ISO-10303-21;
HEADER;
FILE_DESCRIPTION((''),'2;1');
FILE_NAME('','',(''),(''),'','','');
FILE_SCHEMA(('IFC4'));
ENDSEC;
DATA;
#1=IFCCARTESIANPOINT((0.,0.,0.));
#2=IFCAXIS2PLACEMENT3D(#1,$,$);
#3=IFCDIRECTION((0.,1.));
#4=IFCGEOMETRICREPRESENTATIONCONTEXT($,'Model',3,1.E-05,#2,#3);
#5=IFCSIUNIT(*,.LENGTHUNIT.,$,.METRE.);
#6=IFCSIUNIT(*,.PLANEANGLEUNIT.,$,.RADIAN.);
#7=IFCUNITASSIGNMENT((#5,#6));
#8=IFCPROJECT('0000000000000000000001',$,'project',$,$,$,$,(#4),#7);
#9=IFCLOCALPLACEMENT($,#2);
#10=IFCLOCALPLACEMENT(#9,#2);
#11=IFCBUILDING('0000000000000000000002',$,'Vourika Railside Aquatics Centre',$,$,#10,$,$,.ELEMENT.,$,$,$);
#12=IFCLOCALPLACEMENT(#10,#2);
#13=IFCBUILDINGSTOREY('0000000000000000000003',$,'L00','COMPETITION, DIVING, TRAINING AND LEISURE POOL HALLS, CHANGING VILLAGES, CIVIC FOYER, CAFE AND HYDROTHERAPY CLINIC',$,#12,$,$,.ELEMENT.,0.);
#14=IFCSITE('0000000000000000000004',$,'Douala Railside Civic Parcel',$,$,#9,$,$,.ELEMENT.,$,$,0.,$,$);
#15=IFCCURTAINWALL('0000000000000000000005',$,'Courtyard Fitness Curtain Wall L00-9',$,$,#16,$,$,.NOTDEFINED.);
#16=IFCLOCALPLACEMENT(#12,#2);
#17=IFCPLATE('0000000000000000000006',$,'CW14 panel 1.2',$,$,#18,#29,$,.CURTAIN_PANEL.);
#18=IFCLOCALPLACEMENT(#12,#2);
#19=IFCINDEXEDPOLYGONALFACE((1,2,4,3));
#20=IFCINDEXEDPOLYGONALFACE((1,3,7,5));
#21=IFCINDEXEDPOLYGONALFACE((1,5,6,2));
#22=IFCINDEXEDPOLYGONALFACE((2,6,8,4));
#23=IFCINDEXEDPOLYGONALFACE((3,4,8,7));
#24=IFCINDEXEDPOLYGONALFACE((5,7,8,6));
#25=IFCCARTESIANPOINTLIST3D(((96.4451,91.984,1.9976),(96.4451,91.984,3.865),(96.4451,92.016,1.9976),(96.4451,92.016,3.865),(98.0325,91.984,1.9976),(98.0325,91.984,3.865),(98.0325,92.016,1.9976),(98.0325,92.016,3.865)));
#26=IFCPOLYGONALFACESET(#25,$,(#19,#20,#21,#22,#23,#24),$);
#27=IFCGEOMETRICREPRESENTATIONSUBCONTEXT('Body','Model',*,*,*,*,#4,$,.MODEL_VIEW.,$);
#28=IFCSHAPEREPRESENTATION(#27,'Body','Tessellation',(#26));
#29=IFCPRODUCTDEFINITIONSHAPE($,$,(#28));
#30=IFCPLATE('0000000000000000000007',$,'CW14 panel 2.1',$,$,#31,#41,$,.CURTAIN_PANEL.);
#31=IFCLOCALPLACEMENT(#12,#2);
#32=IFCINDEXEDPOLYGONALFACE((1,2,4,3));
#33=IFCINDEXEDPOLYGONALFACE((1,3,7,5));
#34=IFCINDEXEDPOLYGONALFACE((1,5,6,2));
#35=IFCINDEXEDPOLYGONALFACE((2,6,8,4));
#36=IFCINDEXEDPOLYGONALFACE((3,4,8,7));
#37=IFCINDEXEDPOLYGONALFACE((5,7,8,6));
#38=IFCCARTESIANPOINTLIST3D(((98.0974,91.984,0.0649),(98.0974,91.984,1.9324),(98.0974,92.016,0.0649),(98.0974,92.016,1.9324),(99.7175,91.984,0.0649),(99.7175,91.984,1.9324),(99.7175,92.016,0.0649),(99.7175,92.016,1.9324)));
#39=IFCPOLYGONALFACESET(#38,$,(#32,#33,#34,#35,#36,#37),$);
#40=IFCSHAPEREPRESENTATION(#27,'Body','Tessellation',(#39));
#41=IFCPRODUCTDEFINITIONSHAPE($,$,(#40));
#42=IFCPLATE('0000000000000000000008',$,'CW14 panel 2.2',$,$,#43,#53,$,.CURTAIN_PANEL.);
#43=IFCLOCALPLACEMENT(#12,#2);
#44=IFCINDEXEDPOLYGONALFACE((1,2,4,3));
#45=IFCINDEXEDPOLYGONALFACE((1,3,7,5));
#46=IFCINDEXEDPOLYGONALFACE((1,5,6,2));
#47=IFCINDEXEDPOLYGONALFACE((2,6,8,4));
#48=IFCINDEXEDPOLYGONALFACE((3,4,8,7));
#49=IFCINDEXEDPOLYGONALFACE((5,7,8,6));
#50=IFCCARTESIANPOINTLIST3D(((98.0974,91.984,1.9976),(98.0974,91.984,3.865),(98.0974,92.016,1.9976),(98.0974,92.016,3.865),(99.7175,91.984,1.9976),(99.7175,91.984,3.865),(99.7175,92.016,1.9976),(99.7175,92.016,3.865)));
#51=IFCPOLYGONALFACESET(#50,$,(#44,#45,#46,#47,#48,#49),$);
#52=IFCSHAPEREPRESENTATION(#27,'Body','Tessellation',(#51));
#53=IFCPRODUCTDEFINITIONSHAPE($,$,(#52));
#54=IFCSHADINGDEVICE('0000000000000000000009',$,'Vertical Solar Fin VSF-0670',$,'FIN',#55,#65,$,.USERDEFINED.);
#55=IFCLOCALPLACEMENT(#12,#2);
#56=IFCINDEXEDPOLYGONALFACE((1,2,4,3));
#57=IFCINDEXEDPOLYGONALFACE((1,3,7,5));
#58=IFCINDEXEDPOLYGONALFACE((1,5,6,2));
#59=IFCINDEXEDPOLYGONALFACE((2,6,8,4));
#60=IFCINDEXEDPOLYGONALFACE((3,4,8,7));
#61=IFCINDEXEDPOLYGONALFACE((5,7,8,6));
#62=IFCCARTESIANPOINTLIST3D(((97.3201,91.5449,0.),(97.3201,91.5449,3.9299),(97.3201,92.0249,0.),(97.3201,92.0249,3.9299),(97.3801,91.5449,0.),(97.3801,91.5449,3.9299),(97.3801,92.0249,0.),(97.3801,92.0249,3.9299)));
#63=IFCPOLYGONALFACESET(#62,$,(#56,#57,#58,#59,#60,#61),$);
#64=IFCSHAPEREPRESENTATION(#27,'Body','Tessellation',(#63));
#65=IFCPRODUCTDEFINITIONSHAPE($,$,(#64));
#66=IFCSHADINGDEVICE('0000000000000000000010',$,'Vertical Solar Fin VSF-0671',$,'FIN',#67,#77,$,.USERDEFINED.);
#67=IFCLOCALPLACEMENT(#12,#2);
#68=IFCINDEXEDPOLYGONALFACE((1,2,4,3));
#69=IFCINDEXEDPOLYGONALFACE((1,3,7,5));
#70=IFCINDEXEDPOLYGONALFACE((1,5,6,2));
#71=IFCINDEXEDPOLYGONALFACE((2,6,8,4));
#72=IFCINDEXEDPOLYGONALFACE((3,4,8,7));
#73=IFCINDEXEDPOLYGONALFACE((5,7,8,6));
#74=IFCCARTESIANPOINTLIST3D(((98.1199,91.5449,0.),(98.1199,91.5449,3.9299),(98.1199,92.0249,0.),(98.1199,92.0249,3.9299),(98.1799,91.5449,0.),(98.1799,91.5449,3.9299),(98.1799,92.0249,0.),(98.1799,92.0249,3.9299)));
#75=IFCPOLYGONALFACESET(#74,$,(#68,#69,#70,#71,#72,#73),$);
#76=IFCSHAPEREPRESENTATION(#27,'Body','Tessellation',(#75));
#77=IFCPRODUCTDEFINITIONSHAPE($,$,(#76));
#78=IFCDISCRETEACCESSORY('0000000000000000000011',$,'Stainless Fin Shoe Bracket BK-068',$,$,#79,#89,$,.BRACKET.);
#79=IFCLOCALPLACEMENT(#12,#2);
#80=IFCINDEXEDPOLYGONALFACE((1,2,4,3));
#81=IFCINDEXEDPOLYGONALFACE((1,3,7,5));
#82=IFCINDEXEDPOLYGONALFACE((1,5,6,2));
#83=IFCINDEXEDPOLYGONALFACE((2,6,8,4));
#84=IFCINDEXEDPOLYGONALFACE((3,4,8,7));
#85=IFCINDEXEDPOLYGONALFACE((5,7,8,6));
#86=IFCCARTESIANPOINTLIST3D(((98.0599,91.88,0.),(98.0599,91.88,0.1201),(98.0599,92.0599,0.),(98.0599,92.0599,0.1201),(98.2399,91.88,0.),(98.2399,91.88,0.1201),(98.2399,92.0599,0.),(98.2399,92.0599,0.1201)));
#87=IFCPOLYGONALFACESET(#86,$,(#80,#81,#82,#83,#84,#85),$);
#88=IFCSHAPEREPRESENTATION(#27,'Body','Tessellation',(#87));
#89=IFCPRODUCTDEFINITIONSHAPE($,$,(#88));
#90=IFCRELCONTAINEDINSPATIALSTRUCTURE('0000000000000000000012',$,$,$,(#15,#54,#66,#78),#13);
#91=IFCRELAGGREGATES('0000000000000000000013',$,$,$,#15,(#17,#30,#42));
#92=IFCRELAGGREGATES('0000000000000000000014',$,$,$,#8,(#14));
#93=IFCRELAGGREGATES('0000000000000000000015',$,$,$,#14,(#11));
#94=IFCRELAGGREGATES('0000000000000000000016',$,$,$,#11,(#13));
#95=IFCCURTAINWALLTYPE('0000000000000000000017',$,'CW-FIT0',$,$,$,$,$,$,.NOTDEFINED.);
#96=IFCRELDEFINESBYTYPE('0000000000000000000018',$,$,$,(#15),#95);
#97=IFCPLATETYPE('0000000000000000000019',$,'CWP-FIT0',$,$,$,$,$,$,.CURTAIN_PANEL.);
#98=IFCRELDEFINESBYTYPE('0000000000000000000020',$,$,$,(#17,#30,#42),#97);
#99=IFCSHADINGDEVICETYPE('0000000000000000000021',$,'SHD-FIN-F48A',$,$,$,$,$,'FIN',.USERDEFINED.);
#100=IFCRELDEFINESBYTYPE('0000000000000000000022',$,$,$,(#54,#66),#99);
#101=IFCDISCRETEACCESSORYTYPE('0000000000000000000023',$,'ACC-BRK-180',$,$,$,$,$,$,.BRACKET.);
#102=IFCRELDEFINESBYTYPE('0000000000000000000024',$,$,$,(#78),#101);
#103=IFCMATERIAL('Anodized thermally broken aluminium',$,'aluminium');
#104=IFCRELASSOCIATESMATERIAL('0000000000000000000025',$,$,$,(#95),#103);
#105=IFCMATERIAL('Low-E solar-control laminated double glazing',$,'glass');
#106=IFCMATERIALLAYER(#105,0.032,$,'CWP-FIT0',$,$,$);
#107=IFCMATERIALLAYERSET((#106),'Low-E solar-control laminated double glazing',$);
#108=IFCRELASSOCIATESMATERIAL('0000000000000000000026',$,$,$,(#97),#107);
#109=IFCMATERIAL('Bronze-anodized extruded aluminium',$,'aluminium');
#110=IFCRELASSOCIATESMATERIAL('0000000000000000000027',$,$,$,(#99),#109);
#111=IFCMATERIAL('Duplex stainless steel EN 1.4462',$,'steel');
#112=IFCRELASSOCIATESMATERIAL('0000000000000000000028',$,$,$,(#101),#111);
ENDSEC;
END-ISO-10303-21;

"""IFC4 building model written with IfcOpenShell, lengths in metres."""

from ifc_helpers import new_model, si_unit, direction, frame, origin, origin_2d, place, context, subcontext, project, spatial, rectangle, extrude, material, layer, layer_set, material_profile, profile_set, type_object, element, aggregate, save


model = new_model("IFC4")

# Units and contexts
model_context = context("Model", 3, precision=1e-05, world=origin(), true_north=direction((0.0, 1.0)))
body_context = subcontext(model_context, "Body", "Model", "MODEL_VIEW")
ifc_project = project(units=[si_unit("LENGTHUNIT", "METRE"), si_unit("PLANEANGLEUNIT", "RADIAN")], contexts=[model_context])

# Site, building, storey
site_placement = place(None, origin())
site = spatial("IfcSite", under=ifc_project, at=site_placement, Name="Douala Railside Civic Parcel", CompositionType="ELEMENT", RefElevation=0.0)
building_placement = place(site_placement, origin())
building = spatial("IfcBuilding", under=site, at=building_placement, Name="Vourika Railside Aquatics Centre", CompositionType="ELEMENT")
storey_placement = place(building_placement, origin())
storey = spatial("IfcBuildingStorey", under=building, at=storey_placement, Name="L00", Description="COMPETITION, DIVING, TRAINING AND LEISURE POOL HALLS, CHANGING VILLAGES, CIVIC FOYER, CAFE AND HYDROTHERAPY CLINIC", CompositionType="ELEMENT", Elevation=0.0)

# Curtain wall, plates
ifc_material_1 = material(Name="Anodized thermally broken aluminium", Category="aluminium")
curtain_wall_type = type_object("IfcCurtainWallType", Name="CW-FIT0", PredefinedType="NOTDEFINED", material=ifc_material_1)
curtain_wall_placement = place(storey_placement, origin())
curtain_wall = element("IfcCurtainWall", 1, at=curtain_wall_placement, inside=storey, type_object=curtain_wall_type, Name="Courtyard Fitness Curtain Wall L00-9", PredefinedType="NOTDEFINED")
ifc_material_2 = material(Name="Low-E solar-control laminated double glazing", Category="glass")
ifc_layer = layer(ifc_material_2, 0.032, Name="CWP-FIT0")
ifc_layer_set = layer_set([ifc_layer], Name="Low-E solar-control laminated double glazing")
plate_type = type_object("IfcPlateType", Name="CWP-FIT0", PredefinedType="CURTAIN_PANEL", material=ifc_layer_set)
plate_1_placement = place(storey_placement, frame((97.2388, 92.0, 1.9976), z_axis=(0.0, 0.0, 1.0), x_axis=(1.0, 0.0, 0.0)))
plate_1 = element("IfcPlate", 2, at=plate_1_placement, type_object=plate_type, Name="CW14 panel 1.2", PredefinedType="CURTAIN_PANEL", context=body_context, shape_type="SweptSolid", body=[
    extrude(rectangle(XDim=1.5874, YDim=0.032, at=origin_2d()), origin(), (0.0, 0.0, 1.0), 1.8674),
])
plate_2_placement = place(storey_placement, frame((98.9075, 92.0, 0.0649), z_axis=(0.0, 0.0, 1.0), x_axis=(1.0, 0.0, 0.0)))
plate_2 = element("IfcPlate", 3, at=plate_2_placement, type_object=plate_type, Name="CW14 panel 2.1", PredefinedType="CURTAIN_PANEL", context=body_context, shape_type="SweptSolid", body=[
    extrude(rectangle(XDim=1.6201, YDim=0.032, at=origin_2d()), origin(), (0.0, 0.0, 1.0), 1.8674),
])
plate_3_placement = place(storey_placement, frame((98.9075, 92.0, 1.9976), z_axis=(0.0, 0.0, 1.0), x_axis=(1.0, 0.0, 0.0)))
plate_3 = element("IfcPlate", 4, at=plate_3_placement, type_object=plate_type, Name="CW14 panel 2.2", PredefinedType="CURTAIN_PANEL", context=body_context, shape_type="SweptSolid", body=[
    extrude(rectangle(XDim=1.6201, YDim=0.032, at=origin_2d()), origin(), (0.0, 0.0, 1.0), 1.8674),
])
aggregate(curtain_wall, [plate_1, plate_2, plate_3])

# Shading devices
ifc_material_3 = material(Name="Bronze-anodized extruded aluminium", Category="aluminium")
ifc_material_profile_1 = material_profile(ifc_material_3, rectangle(XDim=0.0601, YDim=0.48, at=origin_2d()), Name="ALU-FIN 60x480")
ifc_profile_set_1 = profile_set([ifc_material_profile_1], Name="Bronze-anodized extruded aluminium")
shading_device_type = type_object("IfcShadingDeviceType", Name="SHD-FIN-F48A", ElementType="FIN", PredefinedType="USERDEFINED", material=ifc_profile_set_1)
for number, where, z_axis, x_axis, name in (
    (5, (97.3501, 91.7849, 0.0), (0.0, 0.0, 1.0), (-1.0, 0.0, 0.0), "Vertical Solar Fin VSF-0670"),
    (6, (98.1499, 91.7849, 0.0), (0.0, 0.0, 1.0), (-1.0, 0.0, 0.0), "Vertical Solar Fin VSF-0671"),
):
    element("IfcShadingDevice", number, at=place(storey_placement, frame(where, z_axis=z_axis, x_axis=x_axis)), inside=storey, type_object=shading_device_type, Name=name, ObjectType="FIN", PredefinedType="USERDEFINED", context=body_context, shape_type="SweptSolid", body=[
        extrude(rectangle(XDim=0.0601, YDim=0.48, at=origin_2d()), origin(), (0.0, 0.0, 1.0), 3.9299),
    ])

# Discrete accessory
ifc_material_4 = material(Name="Duplex stainless steel EN 1.4462", Category="steel")
discrete_accessory_type = type_object("IfcDiscreteAccessoryType", Name="ACC-BRK-180", PredefinedType="BRACKET", material=ifc_material_4)
discrete_accessory_placement = place(storey_placement, frame((98.1499, 91.97, 0.0), z_axis=(0.0, 0.0, 1.0), x_axis=(0.0, -1.0, 0.0)))
element("IfcDiscreteAccessory", 7, at=discrete_accessory_placement, inside=storey, type_object=discrete_accessory_type, Name="Stainless Fin Shoe Bracket BK-068", PredefinedType="BRACKET", context=body_context, shape_type="SweptSolid", body=[
    extrude(rectangle(XDim=0.1799, YDim=0.1799, at=origin_2d()), origin(), (0.0, 0.0, 1.0), 0.1201),
])

save(model, "model.ifc")
